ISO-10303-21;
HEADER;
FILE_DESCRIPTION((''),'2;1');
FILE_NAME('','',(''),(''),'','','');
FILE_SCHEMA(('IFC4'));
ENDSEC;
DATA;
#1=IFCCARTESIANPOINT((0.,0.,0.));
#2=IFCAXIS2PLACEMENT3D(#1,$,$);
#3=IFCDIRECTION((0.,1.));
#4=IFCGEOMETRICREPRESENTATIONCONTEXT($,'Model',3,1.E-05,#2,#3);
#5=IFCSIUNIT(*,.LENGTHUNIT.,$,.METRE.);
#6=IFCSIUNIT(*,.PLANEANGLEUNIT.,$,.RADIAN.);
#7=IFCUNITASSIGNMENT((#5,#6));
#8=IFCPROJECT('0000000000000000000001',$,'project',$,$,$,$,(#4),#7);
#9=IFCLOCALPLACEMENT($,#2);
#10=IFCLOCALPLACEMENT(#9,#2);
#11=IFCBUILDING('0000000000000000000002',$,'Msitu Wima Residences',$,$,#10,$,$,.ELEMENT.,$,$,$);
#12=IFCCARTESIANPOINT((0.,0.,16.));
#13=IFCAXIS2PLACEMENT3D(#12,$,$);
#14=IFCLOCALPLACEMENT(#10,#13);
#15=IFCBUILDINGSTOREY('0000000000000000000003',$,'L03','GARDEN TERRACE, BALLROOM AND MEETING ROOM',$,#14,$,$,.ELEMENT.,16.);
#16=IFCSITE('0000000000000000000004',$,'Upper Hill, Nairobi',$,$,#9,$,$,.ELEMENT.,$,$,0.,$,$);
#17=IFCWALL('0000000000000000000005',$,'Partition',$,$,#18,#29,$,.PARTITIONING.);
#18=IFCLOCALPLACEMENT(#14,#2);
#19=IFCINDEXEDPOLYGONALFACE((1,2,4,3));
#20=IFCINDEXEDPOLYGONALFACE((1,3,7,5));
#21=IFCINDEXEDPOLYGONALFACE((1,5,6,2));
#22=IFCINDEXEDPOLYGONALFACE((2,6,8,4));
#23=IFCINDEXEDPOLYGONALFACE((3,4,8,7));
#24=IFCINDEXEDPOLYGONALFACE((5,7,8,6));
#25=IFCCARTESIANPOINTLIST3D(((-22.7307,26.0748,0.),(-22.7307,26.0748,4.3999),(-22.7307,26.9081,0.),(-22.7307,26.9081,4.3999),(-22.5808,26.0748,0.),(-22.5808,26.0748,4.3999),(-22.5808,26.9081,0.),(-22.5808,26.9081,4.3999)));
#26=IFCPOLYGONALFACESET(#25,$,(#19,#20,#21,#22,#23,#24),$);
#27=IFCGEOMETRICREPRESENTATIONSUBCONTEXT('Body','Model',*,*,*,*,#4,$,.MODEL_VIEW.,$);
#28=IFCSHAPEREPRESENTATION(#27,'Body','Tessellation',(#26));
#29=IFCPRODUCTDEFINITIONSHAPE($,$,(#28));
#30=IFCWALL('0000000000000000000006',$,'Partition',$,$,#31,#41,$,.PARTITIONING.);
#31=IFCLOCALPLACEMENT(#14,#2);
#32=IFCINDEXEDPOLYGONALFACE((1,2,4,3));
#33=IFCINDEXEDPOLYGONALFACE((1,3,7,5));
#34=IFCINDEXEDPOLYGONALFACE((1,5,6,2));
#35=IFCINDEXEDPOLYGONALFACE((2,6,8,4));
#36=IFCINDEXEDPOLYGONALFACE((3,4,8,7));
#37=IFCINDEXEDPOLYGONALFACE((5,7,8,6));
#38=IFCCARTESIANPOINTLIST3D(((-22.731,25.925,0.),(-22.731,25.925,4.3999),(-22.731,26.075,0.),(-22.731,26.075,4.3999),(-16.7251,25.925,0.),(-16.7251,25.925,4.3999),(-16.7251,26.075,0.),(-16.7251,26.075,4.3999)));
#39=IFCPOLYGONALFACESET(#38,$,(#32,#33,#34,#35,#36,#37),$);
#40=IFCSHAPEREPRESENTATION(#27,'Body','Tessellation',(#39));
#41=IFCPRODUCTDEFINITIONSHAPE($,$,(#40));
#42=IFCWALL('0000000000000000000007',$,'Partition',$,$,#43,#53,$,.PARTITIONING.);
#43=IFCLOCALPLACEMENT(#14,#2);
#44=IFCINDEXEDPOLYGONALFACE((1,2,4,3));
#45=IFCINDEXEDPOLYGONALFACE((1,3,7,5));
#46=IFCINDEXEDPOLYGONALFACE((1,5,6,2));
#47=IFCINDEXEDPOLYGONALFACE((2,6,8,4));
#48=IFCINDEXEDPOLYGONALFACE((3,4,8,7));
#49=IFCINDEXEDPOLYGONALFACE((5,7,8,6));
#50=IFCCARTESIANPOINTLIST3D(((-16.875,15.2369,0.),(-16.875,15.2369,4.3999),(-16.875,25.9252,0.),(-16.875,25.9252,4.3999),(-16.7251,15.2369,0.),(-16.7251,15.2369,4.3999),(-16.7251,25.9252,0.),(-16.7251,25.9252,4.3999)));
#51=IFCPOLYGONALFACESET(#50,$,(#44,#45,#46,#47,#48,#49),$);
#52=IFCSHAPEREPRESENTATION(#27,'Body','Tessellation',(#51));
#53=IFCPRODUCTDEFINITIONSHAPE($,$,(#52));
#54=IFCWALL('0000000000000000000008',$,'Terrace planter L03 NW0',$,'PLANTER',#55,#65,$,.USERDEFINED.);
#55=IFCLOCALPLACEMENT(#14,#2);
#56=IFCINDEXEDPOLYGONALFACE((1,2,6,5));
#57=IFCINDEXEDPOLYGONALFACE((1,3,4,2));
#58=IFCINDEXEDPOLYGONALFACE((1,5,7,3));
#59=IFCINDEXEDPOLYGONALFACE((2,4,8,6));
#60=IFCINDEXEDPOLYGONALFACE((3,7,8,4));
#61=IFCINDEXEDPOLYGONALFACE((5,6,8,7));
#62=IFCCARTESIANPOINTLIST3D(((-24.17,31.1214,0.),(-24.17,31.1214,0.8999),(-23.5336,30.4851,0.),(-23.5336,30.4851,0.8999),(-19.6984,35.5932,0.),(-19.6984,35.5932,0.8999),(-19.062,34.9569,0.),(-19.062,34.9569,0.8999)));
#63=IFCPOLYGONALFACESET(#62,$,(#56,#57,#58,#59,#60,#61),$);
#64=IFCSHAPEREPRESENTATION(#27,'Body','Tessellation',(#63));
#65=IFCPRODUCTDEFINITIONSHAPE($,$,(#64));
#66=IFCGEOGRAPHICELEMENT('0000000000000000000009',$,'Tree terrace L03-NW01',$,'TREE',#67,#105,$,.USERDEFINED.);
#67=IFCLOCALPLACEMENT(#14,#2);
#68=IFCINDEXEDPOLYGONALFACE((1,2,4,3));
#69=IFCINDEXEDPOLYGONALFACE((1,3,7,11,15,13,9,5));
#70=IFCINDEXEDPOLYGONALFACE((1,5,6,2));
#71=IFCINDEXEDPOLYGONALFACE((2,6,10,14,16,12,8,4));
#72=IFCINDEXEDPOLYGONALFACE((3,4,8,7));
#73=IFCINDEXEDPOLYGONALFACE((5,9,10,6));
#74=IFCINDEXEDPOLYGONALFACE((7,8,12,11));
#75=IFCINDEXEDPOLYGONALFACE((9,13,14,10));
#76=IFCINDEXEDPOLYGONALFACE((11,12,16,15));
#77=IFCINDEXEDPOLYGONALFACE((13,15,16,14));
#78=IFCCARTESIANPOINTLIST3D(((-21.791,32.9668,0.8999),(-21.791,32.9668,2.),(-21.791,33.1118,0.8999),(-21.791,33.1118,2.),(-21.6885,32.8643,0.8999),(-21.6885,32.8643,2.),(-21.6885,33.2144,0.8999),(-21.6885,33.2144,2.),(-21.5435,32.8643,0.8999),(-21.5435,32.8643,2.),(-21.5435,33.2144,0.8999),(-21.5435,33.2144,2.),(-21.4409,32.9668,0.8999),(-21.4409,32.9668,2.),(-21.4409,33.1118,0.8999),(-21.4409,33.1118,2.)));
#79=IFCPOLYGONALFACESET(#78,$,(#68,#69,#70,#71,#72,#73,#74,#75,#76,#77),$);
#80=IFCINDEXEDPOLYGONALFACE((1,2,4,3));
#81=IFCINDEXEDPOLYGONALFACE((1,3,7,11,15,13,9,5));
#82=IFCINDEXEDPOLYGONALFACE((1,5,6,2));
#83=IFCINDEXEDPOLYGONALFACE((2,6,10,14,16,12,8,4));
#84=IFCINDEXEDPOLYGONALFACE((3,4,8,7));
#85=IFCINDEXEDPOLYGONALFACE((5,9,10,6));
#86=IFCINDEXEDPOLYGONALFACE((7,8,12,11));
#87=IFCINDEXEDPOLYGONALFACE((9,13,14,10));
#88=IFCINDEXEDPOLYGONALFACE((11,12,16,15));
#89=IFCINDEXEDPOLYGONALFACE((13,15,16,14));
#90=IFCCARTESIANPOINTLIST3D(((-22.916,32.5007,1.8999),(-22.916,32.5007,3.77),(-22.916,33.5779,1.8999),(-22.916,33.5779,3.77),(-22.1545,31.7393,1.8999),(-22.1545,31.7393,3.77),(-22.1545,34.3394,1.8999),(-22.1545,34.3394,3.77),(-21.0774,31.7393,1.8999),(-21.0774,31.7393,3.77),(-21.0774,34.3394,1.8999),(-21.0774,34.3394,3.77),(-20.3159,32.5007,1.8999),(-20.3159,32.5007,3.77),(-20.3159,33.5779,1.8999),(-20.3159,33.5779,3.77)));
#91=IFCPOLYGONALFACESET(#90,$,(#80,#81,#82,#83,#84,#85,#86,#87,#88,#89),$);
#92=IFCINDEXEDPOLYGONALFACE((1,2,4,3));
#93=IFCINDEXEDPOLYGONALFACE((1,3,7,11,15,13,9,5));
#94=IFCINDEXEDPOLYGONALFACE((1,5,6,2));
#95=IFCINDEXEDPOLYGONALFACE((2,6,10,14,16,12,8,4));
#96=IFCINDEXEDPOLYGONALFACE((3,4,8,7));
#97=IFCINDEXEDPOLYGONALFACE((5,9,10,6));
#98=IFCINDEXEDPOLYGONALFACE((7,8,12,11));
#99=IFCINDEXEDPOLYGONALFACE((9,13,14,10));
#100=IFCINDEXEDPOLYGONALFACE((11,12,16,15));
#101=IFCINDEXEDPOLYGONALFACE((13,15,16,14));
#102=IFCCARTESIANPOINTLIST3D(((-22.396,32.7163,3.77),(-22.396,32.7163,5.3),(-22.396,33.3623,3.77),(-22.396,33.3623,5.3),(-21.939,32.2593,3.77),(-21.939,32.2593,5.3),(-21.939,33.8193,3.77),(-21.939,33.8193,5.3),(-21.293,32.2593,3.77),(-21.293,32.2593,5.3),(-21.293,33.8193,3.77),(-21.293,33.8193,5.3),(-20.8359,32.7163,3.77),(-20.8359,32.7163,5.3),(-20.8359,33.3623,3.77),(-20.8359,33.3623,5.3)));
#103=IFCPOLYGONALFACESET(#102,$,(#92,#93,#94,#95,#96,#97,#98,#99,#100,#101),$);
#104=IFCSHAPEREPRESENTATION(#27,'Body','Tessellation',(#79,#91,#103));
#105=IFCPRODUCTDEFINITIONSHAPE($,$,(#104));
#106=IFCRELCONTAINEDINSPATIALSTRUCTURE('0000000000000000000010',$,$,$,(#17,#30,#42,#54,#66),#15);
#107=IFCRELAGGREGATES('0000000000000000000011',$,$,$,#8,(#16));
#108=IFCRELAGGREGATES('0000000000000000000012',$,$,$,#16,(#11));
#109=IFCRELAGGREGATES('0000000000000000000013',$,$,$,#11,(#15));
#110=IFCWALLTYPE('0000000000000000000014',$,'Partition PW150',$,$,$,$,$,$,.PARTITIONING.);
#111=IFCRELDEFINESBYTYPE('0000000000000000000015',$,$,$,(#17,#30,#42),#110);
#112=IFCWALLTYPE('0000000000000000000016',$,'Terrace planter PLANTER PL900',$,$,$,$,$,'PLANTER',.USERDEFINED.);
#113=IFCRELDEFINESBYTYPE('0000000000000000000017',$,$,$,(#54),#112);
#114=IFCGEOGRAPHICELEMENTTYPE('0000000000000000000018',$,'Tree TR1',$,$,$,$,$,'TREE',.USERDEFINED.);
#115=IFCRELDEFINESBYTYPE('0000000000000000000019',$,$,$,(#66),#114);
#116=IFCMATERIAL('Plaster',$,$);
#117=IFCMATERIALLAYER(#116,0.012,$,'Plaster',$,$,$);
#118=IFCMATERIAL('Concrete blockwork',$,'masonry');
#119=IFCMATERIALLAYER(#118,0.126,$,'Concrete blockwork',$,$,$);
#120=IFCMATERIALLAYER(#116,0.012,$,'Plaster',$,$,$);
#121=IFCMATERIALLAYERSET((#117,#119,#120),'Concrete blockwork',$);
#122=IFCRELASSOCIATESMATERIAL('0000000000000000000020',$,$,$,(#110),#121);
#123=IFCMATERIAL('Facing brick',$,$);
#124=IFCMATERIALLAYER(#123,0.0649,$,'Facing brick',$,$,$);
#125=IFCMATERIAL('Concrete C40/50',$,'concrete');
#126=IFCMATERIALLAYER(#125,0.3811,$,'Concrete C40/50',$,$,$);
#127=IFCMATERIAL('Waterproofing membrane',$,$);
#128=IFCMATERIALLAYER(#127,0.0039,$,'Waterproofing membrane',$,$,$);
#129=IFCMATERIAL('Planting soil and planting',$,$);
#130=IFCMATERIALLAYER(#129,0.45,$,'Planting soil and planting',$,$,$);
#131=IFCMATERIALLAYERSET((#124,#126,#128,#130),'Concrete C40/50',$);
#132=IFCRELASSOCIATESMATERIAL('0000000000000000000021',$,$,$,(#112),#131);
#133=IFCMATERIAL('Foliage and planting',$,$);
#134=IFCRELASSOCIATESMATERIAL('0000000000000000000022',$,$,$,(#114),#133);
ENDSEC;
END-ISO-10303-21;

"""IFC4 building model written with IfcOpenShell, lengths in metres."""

from ifc_helpers import new_model, si_unit, direction, frame, frame_2d, origin, place, context, subcontext, project, spatial, polyline, rectangle, outline, extrude, material, layer, layer_set, type_object, element, save


model = new_model("IFC4")

# Units and contexts
model_context = context("Model", 3, precision=1e-05, world=origin(), true_north=direction((0.0, 1.0)))
body_context = subcontext(model_context, "Body", "Model", "MODEL_VIEW")
ifc_project = project(units=[si_unit("LENGTHUNIT", "METRE"), si_unit("PLANEANGLEUNIT", "RADIAN")], contexts=[model_context])

# Site, building, storey
site_placement = place(None, origin())
site = spatial("IfcSite", under=ifc_project, at=site_placement, Name="Upper Hill, Nairobi", CompositionType="ELEMENT", RefElevation=0.0)
building_placement = place(site_placement, origin())
building = spatial("IfcBuilding", under=site, at=building_placement, Name="Msitu Wima Residences", CompositionType="ELEMENT")
storey_placement = place(building_placement, frame((0.0, 0.0, 16.0)))
storey = spatial("IfcBuildingStorey", under=building, at=storey_placement, Name="L03", Description="GARDEN TERRACE, BALLROOM AND MEETING ROOM", CompositionType="ELEMENT", Elevation=16.0)

# Shared definitions
ifc_material_1 = material(Name="Plaster")
ifc_material_2 = material(Name="Concrete blockwork", Category="masonry")

# Walls
ifc_layer_1 = layer(ifc_material_1, 0.012, Name="Plaster")
ifc_layer_2 = layer(ifc_material_2, 0.126, Name="Concrete blockwork")
ifc_layer_3 = layer(ifc_material_1, 0.012, Name="Plaster")
ifc_layer_set_1 = layer_set([ifc_layer_1, ifc_layer_2, ifc_layer_3], Name="Concrete blockwork")
wall_type_1 = type_object("IfcWallType", Name="Partition PW150", PredefinedType="PARTITIONING", material=ifc_layer_set_1)
wall_1_placement = place(storey_placement, frame((-22.6558, 26.075, 0.0), z_axis=(0.0, 0.0, 1.0), x_axis=(0.0, 1.0, 0.0)))
element("IfcWall", 1, at=wall_1_placement, inside=storey, type_object=wall_type_1, Name="Partition", PredefinedType="PARTITIONING", context=body_context, shape_type="SweptSolid", body=[
    extrude(rectangle(XDim=0.8333, YDim=0.1499, at=frame_2d((0.4165, 0.0))), origin(), (0.0, 0.0, 1.0), 4.3999),
])
wall_2_placement = place(storey_placement, frame((-22.731, 26.0, 0.0), z_axis=(0.0, 0.0, 1.0), x_axis=(1.0, 0.0, 0.0)))
element("IfcWall", 2, at=wall_2_placement, inside=storey, type_object=wall_type_1, Name="Partition", PredefinedType="PARTITIONING", context=body_context, shape_type="SweptSolid", body=[
    extrude(rectangle(XDim=6.0059, YDim=0.1499, at=frame_2d((3.0029, 0.0))), origin(), (0.0, 0.0, 1.0), 4.3999),
])
wall_3_placement = place(storey_placement, frame((-16.8, 15.2368, 0.0), z_axis=(0.0, 0.0, 1.0), x_axis=(0.0, 1.0, 0.0)))
element("IfcWall", 3, at=wall_3_placement, inside=storey, type_object=wall_type_1, Name="Partition", PredefinedType="PARTITIONING", context=body_context, shape_type="SweptSolid", body=[
    extrude(rectangle(XDim=10.6882, YDim=0.1499, at=frame_2d((5.3442, 0.0))), origin(), (0.0, 0.0, 1.0), 4.3999),
])
ifc_material_3 = material(Name="Facing brick")
ifc_layer_4 = layer(ifc_material_3, 0.0649, Name="Facing brick")
ifc_material_4 = material(Name="Concrete C40/50", Category="concrete")
ifc_layer_5 = layer(ifc_material_4, 0.3811, Name="Concrete C40/50")
ifc_material_5 = material(Name="Waterproofing membrane")
ifc_layer_6 = layer(ifc_material_5, 0.0039, Name="Waterproofing membrane")
ifc_material_6 = material(Name="Planting soil and planting")
ifc_layer_7 = layer(ifc_material_6, 0.45, Name="Planting soil and planting")
ifc_layer_set_2 = layer_set([ifc_layer_4, ifc_layer_5, ifc_layer_6, ifc_layer_7], Name="Concrete C40/50")
wall_type_2 = type_object("IfcWallType", Name="Terrace planter PLANTER PL900", ElementType="PLANTER", PredefinedType="USERDEFINED", material=ifc_layer_set_2)
wall_4_placement = place(storey_placement, frame((-19.3801, 35.2751, 0.0), z_axis=(0.0, 0.0, 1.0), x_axis=(-0.707087, -0.707126, 0.0)))
element("IfcWall", 4, at=wall_4_placement, inside=storey, type_object=wall_type_2, Name="Terrace planter L03 NW0", ObjectType="PLANTER", PredefinedType="USERDEFINED", context=body_context, shape_type="SweptSolid", body=[
    extrude(rectangle(XDim=6.324, YDim=0.8999, at=frame_2d((3.1621, 0.0))), origin(), (0.0, 0.0, 1.0), 0.8999),
])

# Geographic element
ifc_material_7 = material(Name="Foliage and planting")
geographic_element_type = type_object("IfcGeographicElementType", Name="Tree TR1", ElementType="TREE", PredefinedType="USERDEFINED", material=ifc_material_7)
geographic_element_placement = place(storey_placement, frame((-21.616, 33.0393, 0.8999), z_axis=(0.0, 0.0, 1.0), x_axis=(1.0, 0.0, 0.0)))
element("IfcGeographicElement", 5, at=geographic_element_placement, inside=storey, type_object=geographic_element_type, Name="Tree terrace L03-NW01", ObjectType="TREE", PredefinedType="USERDEFINED", context=body_context, shape_type="SweptSolid", body=[
    extrude(outline(polyline([(0.175, 0.0725), (0.0725, 0.175), (-0.0725, 0.175), (-0.175, 0.0725), (-0.175, -0.0725), (-0.0725, -0.175), (0.0725, -0.175), (0.175, -0.0725), (0.175, 0.0725)])), origin(), (0.0, 0.0, 1.0), 1.1001),
    extrude(outline(polyline([(1.3, 0.5386), (0.5386, 1.3), (-0.5386, 1.3), (-1.3, 0.5386), (-1.3, -0.5386), (-0.5386, -1.3), (0.5386, -1.3), (1.3, -0.5386), (1.3, 0.5386)])), frame((0.0, 0.0, 1.0)), (0.0, 0.0, 1.0), 1.8701),
    extrude(outline(polyline([(0.78, 0.323), (0.323, 0.78), (-0.323, 0.78), (-0.78, 0.323), (-0.78, -0.323), (-0.323, -0.78), (0.323, -0.78), (0.78, -0.323), (0.78, 0.323)])), frame((0.0, 0.0, 2.8701)), (0.0, 0.0, 1.0), 1.53),
])

save(model, "model.ifc")
